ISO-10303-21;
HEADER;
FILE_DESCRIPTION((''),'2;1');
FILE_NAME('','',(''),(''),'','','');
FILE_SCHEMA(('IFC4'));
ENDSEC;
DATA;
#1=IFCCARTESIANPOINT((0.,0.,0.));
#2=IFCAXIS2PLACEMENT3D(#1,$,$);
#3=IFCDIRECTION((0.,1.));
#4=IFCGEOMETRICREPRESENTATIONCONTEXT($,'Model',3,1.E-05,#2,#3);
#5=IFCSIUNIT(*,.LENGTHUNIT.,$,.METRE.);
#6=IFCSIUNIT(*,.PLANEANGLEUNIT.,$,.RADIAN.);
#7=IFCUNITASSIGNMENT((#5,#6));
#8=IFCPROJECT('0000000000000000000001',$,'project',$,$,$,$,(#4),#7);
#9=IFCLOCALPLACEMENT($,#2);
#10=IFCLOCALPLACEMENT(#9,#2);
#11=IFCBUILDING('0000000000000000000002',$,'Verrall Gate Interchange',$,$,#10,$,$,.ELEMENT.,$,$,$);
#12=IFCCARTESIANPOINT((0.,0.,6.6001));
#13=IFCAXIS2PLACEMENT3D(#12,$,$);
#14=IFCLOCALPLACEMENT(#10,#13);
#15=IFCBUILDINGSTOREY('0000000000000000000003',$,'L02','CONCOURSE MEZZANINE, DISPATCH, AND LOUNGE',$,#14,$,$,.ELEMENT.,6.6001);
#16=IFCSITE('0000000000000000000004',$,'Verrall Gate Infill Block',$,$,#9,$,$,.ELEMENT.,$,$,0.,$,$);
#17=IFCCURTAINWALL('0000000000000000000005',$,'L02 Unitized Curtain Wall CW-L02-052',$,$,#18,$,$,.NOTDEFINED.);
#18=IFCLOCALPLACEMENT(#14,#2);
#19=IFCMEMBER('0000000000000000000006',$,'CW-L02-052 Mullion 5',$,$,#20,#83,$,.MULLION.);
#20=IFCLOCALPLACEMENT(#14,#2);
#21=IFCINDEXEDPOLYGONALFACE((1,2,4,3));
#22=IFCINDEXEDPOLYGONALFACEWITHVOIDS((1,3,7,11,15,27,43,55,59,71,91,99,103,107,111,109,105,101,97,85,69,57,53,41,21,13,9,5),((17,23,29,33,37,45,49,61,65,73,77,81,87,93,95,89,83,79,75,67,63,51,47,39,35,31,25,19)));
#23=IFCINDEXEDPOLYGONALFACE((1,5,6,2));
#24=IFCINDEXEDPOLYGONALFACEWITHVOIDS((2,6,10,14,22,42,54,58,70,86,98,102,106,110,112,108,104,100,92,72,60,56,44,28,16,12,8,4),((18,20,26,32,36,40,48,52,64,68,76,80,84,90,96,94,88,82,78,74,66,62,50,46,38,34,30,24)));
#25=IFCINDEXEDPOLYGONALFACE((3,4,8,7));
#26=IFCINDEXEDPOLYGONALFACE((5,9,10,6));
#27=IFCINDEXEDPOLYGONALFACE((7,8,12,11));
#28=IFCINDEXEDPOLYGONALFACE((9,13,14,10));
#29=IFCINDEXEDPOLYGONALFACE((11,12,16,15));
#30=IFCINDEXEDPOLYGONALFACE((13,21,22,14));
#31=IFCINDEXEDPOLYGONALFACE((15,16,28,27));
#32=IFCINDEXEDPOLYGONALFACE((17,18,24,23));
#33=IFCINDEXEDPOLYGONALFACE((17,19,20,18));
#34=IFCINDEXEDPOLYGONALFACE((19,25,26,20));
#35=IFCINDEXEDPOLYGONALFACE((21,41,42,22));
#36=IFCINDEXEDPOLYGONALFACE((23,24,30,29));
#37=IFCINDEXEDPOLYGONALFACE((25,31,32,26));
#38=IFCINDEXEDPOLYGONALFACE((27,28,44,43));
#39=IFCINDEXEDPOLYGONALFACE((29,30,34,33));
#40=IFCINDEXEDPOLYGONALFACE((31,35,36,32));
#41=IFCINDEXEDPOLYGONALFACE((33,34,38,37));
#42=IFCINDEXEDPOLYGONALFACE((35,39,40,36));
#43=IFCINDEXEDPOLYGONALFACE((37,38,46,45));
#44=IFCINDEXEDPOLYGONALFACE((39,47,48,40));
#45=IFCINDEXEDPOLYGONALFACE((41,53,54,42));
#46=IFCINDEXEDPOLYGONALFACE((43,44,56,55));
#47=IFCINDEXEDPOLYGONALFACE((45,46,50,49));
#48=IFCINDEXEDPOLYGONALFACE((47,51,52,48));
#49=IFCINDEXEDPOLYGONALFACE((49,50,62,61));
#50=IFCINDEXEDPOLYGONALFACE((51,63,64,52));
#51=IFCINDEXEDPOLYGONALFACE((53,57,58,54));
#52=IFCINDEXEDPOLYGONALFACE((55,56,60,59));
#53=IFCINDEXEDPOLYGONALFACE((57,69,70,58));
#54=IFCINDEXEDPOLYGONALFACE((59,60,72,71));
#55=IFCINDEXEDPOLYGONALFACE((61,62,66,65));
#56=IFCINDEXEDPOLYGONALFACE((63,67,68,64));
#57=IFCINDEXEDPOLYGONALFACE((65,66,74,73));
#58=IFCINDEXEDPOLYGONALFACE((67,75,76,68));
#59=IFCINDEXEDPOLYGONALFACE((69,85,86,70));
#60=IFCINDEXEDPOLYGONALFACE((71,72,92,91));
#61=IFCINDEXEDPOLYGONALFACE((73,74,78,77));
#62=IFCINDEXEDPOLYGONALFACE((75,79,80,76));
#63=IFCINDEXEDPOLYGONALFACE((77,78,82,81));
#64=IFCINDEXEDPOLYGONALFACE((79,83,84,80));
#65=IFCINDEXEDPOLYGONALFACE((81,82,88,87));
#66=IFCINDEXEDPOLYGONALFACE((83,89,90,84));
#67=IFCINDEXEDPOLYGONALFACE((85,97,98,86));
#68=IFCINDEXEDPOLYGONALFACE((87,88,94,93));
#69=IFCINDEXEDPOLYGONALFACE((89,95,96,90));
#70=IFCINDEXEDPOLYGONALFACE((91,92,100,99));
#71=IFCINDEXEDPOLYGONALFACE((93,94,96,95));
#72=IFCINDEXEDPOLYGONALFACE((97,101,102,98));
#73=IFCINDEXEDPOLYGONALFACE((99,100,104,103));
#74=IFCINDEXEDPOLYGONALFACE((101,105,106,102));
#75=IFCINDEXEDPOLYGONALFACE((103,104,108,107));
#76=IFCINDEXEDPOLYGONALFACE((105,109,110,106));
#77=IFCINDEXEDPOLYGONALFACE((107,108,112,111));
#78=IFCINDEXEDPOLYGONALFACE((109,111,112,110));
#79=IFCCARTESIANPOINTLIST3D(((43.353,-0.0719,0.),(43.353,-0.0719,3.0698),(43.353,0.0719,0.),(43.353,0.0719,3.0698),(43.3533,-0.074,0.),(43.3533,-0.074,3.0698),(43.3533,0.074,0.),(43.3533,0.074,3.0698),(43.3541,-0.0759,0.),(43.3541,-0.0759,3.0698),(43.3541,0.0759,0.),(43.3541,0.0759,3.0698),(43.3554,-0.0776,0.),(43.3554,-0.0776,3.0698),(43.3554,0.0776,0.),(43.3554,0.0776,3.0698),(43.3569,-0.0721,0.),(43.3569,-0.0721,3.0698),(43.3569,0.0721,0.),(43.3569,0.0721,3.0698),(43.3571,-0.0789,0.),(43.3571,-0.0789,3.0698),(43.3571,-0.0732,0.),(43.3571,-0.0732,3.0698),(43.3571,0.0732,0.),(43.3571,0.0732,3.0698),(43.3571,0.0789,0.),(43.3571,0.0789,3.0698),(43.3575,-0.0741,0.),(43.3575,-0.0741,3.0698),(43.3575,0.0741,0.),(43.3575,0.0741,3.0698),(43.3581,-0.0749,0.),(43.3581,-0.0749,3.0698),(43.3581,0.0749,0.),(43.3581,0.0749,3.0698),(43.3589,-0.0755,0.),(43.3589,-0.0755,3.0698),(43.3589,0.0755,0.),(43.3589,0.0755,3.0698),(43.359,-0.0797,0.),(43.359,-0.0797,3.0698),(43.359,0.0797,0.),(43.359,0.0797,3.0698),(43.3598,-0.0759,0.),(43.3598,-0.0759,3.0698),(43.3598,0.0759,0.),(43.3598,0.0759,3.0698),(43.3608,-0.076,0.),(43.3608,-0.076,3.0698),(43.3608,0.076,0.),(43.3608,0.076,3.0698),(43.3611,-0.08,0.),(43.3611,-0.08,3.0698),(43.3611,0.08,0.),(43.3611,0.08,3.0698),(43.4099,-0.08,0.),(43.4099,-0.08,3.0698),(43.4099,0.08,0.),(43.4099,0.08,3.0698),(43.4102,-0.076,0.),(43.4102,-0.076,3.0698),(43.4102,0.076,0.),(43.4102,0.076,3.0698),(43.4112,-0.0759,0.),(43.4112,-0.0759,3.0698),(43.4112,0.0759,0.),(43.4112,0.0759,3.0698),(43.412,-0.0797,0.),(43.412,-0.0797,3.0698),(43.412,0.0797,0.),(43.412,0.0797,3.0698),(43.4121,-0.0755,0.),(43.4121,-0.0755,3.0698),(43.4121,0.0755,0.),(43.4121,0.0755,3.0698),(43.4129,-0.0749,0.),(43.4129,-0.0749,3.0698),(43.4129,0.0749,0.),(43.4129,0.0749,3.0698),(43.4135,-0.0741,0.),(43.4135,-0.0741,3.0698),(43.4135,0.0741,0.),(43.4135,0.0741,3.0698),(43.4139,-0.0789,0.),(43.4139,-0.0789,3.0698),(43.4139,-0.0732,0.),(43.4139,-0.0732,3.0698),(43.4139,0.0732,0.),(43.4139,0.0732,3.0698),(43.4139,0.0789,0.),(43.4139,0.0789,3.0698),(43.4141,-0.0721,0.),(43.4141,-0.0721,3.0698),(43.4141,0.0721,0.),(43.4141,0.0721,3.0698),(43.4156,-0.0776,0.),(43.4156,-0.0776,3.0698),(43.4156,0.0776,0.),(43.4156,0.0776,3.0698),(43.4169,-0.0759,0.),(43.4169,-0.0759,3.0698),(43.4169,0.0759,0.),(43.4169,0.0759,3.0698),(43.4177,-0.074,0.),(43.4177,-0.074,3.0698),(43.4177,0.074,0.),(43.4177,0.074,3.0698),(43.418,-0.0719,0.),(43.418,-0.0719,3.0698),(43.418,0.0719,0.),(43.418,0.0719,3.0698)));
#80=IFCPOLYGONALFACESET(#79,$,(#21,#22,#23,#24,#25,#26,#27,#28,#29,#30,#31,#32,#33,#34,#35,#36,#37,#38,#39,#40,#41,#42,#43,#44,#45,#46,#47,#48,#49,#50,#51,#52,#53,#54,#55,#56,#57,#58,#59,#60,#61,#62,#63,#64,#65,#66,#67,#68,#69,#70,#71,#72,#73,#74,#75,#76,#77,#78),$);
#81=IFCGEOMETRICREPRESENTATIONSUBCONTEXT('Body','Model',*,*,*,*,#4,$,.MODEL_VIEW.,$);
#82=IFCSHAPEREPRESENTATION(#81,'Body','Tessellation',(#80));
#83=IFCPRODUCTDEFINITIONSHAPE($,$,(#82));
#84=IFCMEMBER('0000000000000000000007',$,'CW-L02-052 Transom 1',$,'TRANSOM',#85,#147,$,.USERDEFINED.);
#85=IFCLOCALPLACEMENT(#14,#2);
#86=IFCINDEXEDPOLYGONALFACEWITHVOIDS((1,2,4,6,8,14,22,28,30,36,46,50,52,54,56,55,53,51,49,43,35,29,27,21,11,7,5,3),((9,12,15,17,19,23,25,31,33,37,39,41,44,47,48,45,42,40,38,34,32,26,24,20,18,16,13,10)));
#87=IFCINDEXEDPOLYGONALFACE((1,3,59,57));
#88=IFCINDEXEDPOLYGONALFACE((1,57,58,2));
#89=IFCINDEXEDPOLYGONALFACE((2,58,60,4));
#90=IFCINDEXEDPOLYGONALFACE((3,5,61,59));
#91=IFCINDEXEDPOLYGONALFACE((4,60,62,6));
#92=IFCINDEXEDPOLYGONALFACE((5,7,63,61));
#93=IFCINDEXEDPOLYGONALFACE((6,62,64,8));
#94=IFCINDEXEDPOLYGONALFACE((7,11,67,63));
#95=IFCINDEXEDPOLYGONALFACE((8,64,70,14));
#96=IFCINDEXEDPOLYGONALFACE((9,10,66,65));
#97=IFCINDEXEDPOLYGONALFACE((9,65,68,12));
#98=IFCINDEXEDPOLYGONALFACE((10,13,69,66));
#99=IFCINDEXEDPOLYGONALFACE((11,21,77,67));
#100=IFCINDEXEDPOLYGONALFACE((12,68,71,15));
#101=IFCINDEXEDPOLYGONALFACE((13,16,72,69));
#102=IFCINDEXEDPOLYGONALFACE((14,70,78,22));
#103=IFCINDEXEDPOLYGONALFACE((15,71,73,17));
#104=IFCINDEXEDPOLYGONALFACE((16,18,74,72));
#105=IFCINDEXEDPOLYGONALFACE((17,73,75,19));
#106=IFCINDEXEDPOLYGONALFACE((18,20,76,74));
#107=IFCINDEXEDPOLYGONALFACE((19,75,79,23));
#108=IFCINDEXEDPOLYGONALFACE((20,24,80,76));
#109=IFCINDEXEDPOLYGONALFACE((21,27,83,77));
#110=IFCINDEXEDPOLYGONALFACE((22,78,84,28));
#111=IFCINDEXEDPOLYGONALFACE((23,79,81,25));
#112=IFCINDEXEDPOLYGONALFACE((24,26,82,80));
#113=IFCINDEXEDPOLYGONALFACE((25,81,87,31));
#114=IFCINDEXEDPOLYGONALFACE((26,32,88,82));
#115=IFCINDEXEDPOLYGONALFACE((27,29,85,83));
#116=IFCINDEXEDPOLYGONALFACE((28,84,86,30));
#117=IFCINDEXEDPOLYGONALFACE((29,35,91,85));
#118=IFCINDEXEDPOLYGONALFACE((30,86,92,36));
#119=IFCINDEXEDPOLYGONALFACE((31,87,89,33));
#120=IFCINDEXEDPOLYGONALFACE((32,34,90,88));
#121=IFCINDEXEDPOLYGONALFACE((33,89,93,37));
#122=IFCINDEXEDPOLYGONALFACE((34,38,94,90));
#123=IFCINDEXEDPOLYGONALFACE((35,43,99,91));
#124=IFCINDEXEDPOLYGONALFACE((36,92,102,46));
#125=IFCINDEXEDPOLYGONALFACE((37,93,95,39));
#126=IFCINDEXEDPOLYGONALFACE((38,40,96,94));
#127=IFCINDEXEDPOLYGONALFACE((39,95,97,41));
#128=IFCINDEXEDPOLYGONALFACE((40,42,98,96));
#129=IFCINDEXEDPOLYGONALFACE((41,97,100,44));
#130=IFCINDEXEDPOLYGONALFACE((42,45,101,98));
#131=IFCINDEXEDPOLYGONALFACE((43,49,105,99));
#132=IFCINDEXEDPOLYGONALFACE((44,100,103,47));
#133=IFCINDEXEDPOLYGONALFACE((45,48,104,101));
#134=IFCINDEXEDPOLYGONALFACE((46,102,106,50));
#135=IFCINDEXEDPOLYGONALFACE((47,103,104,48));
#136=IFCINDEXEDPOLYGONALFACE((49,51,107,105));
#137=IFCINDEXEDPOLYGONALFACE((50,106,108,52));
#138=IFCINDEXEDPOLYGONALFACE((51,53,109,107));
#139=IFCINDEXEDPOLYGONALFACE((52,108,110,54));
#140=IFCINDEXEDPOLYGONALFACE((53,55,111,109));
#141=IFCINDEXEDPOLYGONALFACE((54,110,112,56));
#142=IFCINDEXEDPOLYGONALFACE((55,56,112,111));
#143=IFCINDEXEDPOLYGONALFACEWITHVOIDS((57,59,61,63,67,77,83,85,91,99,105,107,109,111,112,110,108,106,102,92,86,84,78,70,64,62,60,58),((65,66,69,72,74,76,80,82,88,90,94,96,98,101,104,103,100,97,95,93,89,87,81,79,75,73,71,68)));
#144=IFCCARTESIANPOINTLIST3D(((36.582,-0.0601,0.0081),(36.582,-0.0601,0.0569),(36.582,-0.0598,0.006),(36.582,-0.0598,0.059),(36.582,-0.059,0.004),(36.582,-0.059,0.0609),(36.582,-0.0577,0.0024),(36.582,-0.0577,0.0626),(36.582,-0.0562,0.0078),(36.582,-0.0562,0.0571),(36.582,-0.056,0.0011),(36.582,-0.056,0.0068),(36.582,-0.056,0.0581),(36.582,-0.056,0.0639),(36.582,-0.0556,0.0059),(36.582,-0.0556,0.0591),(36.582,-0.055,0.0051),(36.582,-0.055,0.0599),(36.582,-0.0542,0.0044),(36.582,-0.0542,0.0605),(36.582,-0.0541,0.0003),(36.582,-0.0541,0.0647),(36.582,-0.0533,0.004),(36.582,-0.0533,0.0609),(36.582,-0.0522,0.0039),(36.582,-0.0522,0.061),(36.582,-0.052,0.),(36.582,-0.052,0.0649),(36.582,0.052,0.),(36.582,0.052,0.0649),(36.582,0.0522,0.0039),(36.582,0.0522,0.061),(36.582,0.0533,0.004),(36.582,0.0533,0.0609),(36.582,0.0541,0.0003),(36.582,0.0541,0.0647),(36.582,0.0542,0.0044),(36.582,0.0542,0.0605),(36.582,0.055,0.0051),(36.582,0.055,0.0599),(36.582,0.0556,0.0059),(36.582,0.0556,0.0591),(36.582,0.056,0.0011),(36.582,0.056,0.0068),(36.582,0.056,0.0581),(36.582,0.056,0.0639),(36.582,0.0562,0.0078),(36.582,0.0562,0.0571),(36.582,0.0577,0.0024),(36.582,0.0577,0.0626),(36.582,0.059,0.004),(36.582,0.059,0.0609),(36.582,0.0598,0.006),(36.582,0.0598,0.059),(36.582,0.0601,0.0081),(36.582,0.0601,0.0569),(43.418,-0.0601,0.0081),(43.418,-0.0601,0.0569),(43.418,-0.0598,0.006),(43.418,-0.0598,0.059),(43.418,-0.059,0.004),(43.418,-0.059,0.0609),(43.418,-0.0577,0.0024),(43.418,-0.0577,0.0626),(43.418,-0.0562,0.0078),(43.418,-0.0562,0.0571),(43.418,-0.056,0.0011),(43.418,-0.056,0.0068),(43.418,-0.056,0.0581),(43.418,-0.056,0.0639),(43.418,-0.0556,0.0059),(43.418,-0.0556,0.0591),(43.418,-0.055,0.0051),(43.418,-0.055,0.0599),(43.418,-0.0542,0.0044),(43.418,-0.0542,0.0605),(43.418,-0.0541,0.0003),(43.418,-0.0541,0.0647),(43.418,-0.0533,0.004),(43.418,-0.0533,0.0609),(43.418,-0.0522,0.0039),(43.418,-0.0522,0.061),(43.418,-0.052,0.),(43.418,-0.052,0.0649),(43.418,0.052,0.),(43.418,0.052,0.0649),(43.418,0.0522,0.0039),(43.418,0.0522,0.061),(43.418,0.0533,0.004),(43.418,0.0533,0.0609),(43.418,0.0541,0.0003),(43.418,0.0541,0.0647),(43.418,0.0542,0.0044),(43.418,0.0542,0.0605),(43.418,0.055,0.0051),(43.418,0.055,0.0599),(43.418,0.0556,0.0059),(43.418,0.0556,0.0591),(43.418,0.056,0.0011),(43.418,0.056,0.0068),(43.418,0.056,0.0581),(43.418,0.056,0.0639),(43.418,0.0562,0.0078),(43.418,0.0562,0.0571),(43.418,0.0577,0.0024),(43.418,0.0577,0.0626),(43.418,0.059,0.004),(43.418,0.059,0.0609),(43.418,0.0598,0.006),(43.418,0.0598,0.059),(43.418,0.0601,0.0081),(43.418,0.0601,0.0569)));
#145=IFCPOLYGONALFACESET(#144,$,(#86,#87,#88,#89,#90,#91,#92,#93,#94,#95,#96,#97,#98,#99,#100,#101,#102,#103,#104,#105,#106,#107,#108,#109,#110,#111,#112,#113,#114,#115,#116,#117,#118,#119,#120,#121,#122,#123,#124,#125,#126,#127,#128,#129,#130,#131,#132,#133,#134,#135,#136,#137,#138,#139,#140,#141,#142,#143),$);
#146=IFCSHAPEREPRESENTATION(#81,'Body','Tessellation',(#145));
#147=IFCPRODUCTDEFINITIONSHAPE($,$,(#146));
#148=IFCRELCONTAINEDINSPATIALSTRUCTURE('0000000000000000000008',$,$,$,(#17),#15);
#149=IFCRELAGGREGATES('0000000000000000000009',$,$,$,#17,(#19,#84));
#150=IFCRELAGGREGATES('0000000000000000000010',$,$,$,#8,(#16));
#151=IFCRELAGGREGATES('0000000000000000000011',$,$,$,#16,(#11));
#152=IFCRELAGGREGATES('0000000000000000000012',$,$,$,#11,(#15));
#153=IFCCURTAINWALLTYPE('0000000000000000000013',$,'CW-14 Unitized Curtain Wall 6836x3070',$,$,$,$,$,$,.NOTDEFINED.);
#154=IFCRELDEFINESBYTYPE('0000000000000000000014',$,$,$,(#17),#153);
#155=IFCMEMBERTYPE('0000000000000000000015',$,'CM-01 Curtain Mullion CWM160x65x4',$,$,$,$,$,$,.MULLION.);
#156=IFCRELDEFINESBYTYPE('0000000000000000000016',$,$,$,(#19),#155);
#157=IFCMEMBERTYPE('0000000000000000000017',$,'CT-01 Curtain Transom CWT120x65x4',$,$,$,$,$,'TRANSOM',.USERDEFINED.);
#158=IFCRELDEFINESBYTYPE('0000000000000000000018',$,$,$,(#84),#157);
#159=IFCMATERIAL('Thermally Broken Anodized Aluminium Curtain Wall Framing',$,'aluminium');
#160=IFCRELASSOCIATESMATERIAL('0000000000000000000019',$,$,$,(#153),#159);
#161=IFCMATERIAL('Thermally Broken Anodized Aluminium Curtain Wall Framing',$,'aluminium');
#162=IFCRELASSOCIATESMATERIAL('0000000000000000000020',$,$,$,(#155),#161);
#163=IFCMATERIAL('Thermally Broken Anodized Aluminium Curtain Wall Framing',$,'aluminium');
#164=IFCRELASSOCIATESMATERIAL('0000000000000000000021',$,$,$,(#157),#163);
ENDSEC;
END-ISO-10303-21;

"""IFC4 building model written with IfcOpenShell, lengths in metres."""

from ifc_helpers import new_model, si_unit, direction, frame, origin, origin_2d, place, context, subcontext, project, spatial, hollow_rectangle, extrude, material, material_profile, profile_set, type_object, element, aggregate, save


model = new_model("IFC4")

# Units and contexts
model_context = context("Model", 3, precision=1e-05, world=origin(), true_north=direction((0.0, 1.0)))
body_context = subcontext(model_context, "Body", "Model", "MODEL_VIEW")
ifc_project = project(units=[si_unit("LENGTHUNIT", "METRE"), si_unit("PLANEANGLEUNIT", "RADIAN")], contexts=[model_context])

# Site, building, storey
site_placement = place(None, origin())
site = spatial("IfcSite", under=ifc_project, at=site_placement, Name="Verrall Gate Infill Block", CompositionType="ELEMENT", RefElevation=0.0)
building_placement = place(site_placement, origin())
building = spatial("IfcBuilding", under=site, at=building_placement, Name="Verrall Gate Interchange", CompositionType="ELEMENT")
storey_placement = place(building_placement, frame((0.0, 0.0, 6.6001)))
storey = spatial("IfcBuildingStorey", under=building, at=storey_placement, Name="L02", Description="CONCOURSE MEZZANINE, DISPATCH, AND LOUNGE", CompositionType="ELEMENT", Elevation=6.6001)

# Curtain wall, members
ifc_material_1 = material(Name="Thermally Broken Anodized Aluminium Curtain Wall Framing", Category="aluminium")
curtain_wall_type = type_object("IfcCurtainWallType", Name="CW-14 Unitized Curtain Wall 6836x3070", PredefinedType="NOTDEFINED", material=ifc_material_1)
curtain_wall_1_placement = place(storey_placement, origin())
curtain_wall_1 = element("IfcCurtainWall", 1, at=curtain_wall_1_placement, inside=storey, type_object=curtain_wall_type, Name="L02 Unitized Curtain Wall CW-L02-052", PredefinedType="NOTDEFINED")
ifc_material_2 = material(Name="Thermally Broken Anodized Aluminium Curtain Wall Framing", Category="aluminium")
ifc_material_profile_1 = material_profile(ifc_material_2, hollow_rectangle(XDim=0.0649, YDim=0.1599, WallThickness=0.0039, InnerFilletRadius=0.0039, OuterFilletRadius=0.0081, at=origin_2d()), Name="CWM160x65x4")
ifc_profile_set_1 = profile_set([ifc_material_profile_1], Name="Thermally Broken Anodized Aluminium Curtain Wall Framing")
member_type_1 = type_object("IfcMemberType", Name="CM-01 Curtain Mullion CWM160x65x4", PredefinedType="MULLION", material=ifc_profile_set_1)
member_1_placement = place(storey_placement, frame((43.3855, 0.0, 0.0), z_axis=(0.0, 0.0, 1.0), x_axis=(1.0, 0.0, 0.0)))
member_1 = element("IfcMember", 2, at=member_1_placement, type_object=member_type_1, Name="CW-L02-052 Mullion 5", PredefinedType="MULLION", context=body_context, shape_type="SweptSolid", body=[
    extrude(hollow_rectangle(XDim=0.0649, YDim=0.1599, WallThickness=0.0039, InnerFilletRadius=0.0039, OuterFilletRadius=0.0081, at=origin_2d()), origin(), (0.0, 0.0, 1.0), 3.0698),
])
ifc_material_3 = material(Name="Thermally Broken Anodized Aluminium Curtain Wall Framing", Category="aluminium")
ifc_material_profile_2 = material_profile(ifc_material_3, hollow_rectangle(XDim=0.1201, YDim=0.0649, WallThickness=0.0039, InnerFilletRadius=0.0039, OuterFilletRadius=0.0081, at=origin_2d()), Name="CWT120x65x4")
ifc_profile_set_2 = profile_set([ifc_material_profile_2], Name="Thermally Broken Anodized Aluminium Curtain Wall Framing")
member_type_2 = type_object("IfcMemberType", Name="CT-01 Curtain Transom CWT120x65x4", ElementType="TRANSOM", PredefinedType="USERDEFINED", material=ifc_profile_set_2)
member_2_placement = place(storey_placement, frame((36.582, 0.0, 0.0325), z_axis=(1.0, 0.0, 0.0), x_axis=(0.0, 1.0, 0.0)))
member_2 = element("IfcMember", 3, at=member_2_placement, type_object=member_type_2, Name="CW-L02-052 Transom 1", ObjectType="TRANSOM", PredefinedType="USERDEFINED", context=body_context, shape_type="SweptSolid", body=[
    extrude(hollow_rectangle(XDim=0.1201, YDim=0.0649, WallThickness=0.0039, InnerFilletRadius=0.0039, OuterFilletRadius=0.0081, at=origin_2d()), origin(), (0.0, 0.0, 1.0), 6.8359),
])

aggregate(curtain_wall_1, [member_1, member_2])

save(model, "model.ifc")
